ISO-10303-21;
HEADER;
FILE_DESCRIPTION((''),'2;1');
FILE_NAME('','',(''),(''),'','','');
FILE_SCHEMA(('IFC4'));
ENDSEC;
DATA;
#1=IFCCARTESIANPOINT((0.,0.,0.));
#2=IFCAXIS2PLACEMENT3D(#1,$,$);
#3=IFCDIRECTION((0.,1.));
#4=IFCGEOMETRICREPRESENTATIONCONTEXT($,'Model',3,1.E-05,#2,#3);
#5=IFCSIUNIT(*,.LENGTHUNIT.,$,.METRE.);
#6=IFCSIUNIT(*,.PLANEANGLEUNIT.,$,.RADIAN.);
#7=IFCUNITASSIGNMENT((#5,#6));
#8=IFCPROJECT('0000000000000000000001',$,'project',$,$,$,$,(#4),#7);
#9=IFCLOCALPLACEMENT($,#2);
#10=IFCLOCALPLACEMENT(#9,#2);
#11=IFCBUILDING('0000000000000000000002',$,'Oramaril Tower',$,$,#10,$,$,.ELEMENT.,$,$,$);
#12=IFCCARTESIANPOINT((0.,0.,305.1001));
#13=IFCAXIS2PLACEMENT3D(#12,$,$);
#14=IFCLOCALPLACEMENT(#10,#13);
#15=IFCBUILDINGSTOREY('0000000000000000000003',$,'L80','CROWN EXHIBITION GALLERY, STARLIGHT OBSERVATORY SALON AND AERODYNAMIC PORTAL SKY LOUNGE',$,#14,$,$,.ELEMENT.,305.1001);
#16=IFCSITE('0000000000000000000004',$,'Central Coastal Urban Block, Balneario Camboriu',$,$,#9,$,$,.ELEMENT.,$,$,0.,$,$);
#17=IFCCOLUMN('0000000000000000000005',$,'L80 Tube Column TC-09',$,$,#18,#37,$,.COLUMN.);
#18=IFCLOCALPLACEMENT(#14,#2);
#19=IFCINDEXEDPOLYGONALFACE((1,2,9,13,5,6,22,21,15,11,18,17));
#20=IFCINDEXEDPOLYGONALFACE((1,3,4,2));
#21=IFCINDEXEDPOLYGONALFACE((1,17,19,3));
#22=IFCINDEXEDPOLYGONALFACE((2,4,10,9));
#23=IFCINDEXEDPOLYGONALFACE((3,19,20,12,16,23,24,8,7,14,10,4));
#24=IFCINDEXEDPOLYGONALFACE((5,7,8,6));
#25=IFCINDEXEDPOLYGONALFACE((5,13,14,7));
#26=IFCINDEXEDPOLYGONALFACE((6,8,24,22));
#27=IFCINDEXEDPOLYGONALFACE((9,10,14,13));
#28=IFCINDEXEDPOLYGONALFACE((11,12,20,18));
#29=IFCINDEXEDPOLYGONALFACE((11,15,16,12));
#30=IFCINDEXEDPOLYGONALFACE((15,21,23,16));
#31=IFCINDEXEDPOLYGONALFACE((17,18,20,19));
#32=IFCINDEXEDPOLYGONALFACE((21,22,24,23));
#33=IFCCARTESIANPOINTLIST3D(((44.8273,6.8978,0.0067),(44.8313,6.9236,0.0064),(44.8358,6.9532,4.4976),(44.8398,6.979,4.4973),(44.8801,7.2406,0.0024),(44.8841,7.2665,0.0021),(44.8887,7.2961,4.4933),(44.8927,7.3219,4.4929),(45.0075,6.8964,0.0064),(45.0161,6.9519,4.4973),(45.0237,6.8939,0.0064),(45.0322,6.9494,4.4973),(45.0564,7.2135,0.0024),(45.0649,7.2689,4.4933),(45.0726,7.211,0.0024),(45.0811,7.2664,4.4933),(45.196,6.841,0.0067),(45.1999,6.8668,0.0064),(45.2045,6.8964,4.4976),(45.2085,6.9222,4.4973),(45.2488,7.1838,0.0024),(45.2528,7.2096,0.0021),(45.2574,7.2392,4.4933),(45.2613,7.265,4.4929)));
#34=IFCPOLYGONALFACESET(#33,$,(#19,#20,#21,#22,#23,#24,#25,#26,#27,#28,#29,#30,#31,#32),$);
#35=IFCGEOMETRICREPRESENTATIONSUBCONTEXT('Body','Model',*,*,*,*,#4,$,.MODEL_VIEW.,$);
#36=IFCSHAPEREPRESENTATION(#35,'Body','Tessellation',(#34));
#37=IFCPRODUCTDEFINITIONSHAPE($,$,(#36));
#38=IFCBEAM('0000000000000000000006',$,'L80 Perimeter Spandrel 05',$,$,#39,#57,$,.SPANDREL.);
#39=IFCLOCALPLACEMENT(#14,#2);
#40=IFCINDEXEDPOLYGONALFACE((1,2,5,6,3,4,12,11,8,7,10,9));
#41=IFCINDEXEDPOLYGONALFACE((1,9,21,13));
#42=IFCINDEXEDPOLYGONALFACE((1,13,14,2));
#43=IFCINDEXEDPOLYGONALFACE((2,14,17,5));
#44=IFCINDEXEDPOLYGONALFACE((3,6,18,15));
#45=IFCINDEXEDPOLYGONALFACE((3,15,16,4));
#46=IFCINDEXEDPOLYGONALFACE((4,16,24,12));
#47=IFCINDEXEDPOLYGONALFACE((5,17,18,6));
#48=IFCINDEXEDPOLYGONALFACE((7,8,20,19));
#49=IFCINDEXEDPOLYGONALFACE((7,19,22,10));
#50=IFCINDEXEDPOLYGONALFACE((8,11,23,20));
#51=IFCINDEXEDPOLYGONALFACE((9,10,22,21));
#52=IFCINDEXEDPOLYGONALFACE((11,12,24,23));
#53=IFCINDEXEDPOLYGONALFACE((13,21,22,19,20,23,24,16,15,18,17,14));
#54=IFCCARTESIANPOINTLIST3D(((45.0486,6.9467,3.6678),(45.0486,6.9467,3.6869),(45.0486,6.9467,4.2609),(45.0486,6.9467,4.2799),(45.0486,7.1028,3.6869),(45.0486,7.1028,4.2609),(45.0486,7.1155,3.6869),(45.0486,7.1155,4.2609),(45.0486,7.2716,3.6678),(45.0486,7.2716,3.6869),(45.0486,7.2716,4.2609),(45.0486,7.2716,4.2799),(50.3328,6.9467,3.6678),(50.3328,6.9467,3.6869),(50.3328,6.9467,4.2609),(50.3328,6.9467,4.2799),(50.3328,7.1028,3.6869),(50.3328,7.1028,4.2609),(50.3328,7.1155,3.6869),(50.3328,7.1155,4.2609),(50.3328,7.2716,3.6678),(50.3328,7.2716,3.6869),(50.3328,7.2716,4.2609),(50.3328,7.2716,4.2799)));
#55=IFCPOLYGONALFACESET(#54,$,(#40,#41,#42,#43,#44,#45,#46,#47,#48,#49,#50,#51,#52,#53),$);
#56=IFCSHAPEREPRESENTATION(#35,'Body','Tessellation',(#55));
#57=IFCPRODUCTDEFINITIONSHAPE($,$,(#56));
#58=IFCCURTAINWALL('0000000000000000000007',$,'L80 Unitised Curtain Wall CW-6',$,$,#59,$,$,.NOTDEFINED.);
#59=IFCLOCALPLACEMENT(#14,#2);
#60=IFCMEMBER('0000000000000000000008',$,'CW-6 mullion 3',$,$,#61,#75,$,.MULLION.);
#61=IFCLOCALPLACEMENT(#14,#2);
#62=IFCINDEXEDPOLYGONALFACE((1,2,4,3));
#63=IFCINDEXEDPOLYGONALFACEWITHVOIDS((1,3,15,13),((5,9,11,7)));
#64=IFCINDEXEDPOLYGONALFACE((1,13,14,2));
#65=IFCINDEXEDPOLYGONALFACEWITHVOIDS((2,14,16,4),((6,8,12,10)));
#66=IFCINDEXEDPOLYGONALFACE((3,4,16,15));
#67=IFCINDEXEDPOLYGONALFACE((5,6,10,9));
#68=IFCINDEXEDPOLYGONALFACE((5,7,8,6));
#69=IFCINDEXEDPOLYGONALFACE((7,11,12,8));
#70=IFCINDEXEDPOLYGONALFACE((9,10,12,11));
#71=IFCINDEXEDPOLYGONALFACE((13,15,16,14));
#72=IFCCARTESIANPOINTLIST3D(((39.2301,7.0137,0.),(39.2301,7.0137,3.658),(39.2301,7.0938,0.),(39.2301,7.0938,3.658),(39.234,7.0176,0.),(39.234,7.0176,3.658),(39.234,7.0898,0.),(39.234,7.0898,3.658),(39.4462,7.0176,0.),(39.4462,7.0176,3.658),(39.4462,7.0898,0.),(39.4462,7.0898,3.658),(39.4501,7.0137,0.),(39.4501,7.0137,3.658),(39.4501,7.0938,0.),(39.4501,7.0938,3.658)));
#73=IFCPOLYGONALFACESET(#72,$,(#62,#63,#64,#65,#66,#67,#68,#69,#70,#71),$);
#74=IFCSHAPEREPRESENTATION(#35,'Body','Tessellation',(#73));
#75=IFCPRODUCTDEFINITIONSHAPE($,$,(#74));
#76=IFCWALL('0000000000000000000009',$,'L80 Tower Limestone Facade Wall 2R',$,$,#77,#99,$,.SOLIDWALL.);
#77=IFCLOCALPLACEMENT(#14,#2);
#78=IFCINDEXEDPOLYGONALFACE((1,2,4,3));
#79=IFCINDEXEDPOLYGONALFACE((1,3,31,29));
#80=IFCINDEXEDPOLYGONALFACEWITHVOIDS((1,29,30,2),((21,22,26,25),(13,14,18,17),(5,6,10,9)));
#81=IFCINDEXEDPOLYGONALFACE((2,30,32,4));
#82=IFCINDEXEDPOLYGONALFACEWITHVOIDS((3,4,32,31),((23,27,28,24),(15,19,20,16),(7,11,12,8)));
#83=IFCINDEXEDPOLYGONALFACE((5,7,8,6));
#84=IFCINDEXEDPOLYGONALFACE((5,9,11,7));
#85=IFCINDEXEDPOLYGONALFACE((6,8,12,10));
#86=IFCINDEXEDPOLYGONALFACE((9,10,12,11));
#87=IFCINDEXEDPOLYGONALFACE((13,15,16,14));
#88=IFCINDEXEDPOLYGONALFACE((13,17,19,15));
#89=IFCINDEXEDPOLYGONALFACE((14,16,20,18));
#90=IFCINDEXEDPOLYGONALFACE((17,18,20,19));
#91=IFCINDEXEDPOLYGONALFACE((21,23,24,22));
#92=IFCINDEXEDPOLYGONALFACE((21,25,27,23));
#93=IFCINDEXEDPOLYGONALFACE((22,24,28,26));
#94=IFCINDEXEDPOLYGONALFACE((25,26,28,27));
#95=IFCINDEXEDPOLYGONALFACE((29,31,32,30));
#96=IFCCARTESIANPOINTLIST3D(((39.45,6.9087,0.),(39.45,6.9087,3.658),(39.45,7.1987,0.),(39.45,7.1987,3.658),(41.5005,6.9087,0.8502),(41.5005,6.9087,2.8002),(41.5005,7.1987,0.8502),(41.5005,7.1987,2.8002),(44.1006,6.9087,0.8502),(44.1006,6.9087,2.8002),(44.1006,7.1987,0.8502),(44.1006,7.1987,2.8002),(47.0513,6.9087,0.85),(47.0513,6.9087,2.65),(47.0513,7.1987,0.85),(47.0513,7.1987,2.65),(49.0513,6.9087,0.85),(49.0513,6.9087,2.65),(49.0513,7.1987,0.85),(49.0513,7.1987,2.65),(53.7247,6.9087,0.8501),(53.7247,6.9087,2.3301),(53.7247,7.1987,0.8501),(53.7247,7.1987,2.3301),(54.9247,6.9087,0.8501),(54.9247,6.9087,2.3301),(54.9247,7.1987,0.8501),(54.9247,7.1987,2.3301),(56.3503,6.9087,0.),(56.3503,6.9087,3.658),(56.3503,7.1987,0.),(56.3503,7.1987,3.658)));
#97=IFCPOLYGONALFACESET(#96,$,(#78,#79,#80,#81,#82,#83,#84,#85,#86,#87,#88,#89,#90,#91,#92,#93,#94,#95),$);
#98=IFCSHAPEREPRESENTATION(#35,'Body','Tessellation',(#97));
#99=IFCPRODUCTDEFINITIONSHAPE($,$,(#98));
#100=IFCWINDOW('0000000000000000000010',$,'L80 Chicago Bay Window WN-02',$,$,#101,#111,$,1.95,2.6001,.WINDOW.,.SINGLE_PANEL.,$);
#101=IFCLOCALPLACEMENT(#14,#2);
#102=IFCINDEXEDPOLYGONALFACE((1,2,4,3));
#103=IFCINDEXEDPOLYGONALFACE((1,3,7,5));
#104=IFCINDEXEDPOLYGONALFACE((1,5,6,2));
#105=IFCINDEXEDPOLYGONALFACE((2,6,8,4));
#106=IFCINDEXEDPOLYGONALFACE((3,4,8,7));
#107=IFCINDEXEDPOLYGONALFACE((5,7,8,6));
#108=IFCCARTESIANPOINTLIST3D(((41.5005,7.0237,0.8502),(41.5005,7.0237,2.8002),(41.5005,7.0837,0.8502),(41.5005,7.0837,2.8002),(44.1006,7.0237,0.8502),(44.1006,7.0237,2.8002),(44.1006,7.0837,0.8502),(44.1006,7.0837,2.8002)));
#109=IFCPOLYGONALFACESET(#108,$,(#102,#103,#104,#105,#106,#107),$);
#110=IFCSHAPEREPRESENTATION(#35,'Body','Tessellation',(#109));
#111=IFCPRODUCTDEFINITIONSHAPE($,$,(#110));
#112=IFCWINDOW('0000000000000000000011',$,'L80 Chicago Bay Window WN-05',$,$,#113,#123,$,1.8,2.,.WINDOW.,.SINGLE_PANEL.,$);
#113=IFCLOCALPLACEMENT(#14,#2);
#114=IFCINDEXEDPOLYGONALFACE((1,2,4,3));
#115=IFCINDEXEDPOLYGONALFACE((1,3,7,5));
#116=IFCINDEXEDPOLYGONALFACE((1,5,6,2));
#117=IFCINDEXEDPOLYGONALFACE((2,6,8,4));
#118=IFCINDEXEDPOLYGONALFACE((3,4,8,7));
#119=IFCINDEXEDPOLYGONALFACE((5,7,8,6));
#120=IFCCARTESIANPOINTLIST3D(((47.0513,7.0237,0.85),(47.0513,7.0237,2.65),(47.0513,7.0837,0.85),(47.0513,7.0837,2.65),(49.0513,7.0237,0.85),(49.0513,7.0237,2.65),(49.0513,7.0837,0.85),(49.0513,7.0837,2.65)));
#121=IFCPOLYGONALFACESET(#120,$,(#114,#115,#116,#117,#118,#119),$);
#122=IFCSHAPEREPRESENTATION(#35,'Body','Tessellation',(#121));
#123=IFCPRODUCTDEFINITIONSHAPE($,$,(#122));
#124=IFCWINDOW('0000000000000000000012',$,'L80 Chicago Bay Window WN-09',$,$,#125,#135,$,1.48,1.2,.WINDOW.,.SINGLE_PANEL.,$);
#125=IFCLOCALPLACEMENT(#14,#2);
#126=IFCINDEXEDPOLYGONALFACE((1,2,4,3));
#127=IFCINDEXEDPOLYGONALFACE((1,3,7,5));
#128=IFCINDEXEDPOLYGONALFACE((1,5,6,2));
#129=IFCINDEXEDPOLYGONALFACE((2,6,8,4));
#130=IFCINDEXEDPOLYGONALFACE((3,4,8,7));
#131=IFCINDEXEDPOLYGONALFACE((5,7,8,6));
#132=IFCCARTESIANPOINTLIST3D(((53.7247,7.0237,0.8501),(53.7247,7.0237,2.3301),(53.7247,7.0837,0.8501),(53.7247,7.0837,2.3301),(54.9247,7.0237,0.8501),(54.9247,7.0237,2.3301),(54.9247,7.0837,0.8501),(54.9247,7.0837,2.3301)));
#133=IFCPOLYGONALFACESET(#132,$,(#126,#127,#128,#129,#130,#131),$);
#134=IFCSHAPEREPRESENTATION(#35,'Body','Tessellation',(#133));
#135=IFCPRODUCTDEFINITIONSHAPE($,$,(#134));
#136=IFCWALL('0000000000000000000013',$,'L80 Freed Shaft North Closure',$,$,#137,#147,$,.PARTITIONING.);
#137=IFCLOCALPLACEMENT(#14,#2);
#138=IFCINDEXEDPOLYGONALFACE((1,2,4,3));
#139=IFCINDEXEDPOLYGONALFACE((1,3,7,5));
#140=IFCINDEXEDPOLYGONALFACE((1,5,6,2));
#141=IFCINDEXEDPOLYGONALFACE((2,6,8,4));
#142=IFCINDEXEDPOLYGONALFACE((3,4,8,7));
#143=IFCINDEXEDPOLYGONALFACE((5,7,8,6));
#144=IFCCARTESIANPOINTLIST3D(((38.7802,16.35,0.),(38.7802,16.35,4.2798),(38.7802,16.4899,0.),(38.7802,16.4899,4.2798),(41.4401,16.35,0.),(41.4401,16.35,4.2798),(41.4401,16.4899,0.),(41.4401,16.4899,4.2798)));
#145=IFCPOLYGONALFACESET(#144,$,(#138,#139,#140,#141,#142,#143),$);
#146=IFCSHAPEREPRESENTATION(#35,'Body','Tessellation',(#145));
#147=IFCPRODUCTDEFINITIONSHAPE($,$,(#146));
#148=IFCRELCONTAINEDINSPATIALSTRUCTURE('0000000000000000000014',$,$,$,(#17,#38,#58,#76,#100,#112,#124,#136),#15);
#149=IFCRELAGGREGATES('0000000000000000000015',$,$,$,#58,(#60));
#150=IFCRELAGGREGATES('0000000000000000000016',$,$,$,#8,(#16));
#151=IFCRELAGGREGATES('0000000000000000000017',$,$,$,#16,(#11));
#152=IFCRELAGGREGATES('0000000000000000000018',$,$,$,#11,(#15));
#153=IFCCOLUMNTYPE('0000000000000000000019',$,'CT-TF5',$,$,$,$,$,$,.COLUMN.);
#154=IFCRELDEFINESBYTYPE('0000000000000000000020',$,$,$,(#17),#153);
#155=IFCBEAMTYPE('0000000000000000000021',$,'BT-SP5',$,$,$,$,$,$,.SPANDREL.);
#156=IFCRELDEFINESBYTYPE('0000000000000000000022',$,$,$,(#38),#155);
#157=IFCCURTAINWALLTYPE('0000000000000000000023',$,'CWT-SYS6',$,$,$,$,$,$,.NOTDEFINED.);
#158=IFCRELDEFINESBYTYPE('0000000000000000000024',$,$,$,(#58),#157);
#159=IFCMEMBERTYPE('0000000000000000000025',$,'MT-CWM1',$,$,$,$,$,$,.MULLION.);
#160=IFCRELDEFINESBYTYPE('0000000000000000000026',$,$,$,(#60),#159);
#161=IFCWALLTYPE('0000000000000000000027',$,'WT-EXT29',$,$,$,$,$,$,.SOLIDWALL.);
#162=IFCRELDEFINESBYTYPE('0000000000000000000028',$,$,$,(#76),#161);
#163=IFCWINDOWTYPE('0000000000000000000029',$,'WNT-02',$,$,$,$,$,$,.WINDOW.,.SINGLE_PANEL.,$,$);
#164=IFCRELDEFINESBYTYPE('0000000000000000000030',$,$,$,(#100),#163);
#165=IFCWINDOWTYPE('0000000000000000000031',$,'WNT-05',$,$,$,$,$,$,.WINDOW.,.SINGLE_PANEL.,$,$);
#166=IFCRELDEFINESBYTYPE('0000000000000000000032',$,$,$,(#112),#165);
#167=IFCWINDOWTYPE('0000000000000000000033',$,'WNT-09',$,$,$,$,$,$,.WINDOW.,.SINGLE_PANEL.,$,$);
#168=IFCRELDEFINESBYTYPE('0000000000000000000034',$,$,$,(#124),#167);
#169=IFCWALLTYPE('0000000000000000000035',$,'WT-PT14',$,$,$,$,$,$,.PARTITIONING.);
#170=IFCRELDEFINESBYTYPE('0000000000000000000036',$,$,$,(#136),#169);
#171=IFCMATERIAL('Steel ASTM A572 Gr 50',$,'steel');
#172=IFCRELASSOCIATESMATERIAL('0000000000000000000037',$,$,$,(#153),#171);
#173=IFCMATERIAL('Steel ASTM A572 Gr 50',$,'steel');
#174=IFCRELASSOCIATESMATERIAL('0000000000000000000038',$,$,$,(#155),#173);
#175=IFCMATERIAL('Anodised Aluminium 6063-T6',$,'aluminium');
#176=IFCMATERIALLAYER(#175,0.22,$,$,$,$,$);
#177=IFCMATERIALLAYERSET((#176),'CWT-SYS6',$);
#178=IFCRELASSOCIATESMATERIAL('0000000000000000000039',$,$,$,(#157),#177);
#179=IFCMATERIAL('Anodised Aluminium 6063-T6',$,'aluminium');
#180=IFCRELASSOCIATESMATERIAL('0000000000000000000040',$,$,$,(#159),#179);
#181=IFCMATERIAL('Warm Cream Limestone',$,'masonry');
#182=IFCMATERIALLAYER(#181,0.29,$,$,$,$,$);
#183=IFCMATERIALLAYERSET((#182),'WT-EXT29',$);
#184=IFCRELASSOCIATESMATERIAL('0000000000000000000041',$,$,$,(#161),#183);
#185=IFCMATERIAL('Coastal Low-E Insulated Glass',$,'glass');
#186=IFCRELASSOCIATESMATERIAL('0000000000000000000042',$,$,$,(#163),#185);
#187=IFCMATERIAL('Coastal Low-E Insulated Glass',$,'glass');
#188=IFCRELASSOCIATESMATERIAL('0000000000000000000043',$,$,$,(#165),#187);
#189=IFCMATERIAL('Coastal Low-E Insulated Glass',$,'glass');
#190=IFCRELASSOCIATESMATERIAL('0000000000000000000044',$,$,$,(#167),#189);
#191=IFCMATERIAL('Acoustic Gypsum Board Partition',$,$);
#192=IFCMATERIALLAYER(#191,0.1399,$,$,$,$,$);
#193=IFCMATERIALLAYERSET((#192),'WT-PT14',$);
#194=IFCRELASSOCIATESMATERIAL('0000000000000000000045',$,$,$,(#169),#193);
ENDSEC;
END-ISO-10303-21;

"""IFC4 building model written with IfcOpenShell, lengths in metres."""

from ifc_helpers import new_model, si_unit, direction, frame, frame_2d, origin, origin_2d, place, context, subcontext, project, spatial, rectangle, hollow_rectangle, i_section, extrude, material, layer, layer_set, material_profile, profile_set, type_object, element, fill, aggregate, save


model = new_model("IFC4")

# Units and contexts
model_context = context("Model", 3, precision=1e-05, world=origin(), true_north=direction((0.0, 1.0)))
body_context = subcontext(model_context, "Body", "Model", "MODEL_VIEW")
ifc_project = project(units=[si_unit("LENGTHUNIT", "METRE"), si_unit("PLANEANGLEUNIT", "RADIAN")], contexts=[model_context])

# Site, building, storey
site_placement = place(None, origin())
site = spatial("IfcSite", under=ifc_project, at=site_placement, Name="Central Coastal Urban Block, Balneario Camboriu", CompositionType="ELEMENT", RefElevation=0.0)
building_placement = place(site_placement, origin())
building = spatial("IfcBuilding", under=site, at=building_placement, Name="Oramaril Tower", CompositionType="ELEMENT")
storey_placement = place(building_placement, frame((0.0, 0.0, 305.1001)))
storey = spatial("IfcBuildingStorey", under=building, at=storey_placement, Name="L80", Description="CROWN EXHIBITION GALLERY, STARLIGHT OBSERVATORY SALON AND AERODYNAMIC PORTAL SKY LOUNGE", CompositionType="ELEMENT", Elevation=305.1001)

# Column
ifc_material_1 = material(Name="Steel ASTM A572 Gr 50", Category="steel")
ifc_material_profile_1 = material_profile(ifc_material_1, i_section(OverallWidth=0.373, OverallDepth=0.373, WebThickness=0.0164, FlangeThickness=0.0261, at=origin_2d()), Name="W14X132")
ifc_profile_set_1 = profile_set([ifc_material_profile_1], Name="Steel ASTM A572 Gr 50")
column_type = type_object("IfcColumnType", Name="CT-TF5", PredefinedType="COLUMN", material=ifc_profile_set_1)
column_placement = place(storey_placement, frame((45.04, 7.0537, 0.0044), z_axis=(0.001903, 0.012339, 0.999922), x_axis=(-0.988321, 0.152384, 0.0)))
element("IfcColumn", 1, at=column_placement, inside=storey, type_object=column_type, Name="L80 Tube Column TC-09", PredefinedType="COLUMN", context=body_context, shape_type="SweptSolid", body=[
    extrude(i_section(OverallWidth=0.373, OverallDepth=0.373, WebThickness=0.0164, FlangeThickness=0.0261, at=origin_2d()), origin(), (0.0, 0.0, 1.0), 4.4912),
])

# Beam
ifc_material_2 = material(Name="Steel ASTM A572 Gr 50", Category="steel")
ifc_material_profile_2 = material_profile(ifc_material_2, i_section(OverallWidth=0.325, OverallDepth=0.6121, WebThickness=0.0127, FlangeThickness=0.019, at=origin_2d()), Name="W24X104")
ifc_profile_set_2 = profile_set([ifc_material_profile_2], Name="Steel ASTM A572 Gr 50")
beam_type = type_object("IfcBeamType", Name="BT-SP5", PredefinedType="SPANDREL", material=ifc_profile_set_2)
beam_placement = place(storey_placement, frame((45.0486, 7.1091, 3.9739), z_axis=(1.0, 0.0, 0.0), x_axis=(0.0, 1.0, 0.0)))
element("IfcBeam", 2, at=beam_placement, inside=storey, type_object=beam_type, Name="L80 Perimeter Spandrel 05", PredefinedType="SPANDREL", context=body_context, shape_type="SweptSolid", body=[
    extrude(i_section(OverallWidth=0.325, OverallDepth=0.6121, WebThickness=0.0127, FlangeThickness=0.019, at=origin_2d()), origin(), (0.0, 0.0, 1.0), 5.2842),
])

# Curtain wall, member
ifc_material_3 = material(Name="Anodised Aluminium 6063-T6", Category="aluminium")
ifc_layer_1 = layer(ifc_material_3, 0.22)
ifc_layer_set_1 = layer_set([ifc_layer_1], Name="CWT-SYS6")
curtain_wall_type = type_object("IfcCurtainWallType", Name="CWT-SYS6", PredefinedType="NOTDEFINED", material=ifc_layer_set_1)
curtain_wall_placement = place(storey_placement, origin())
curtain_wall = element("IfcCurtainWall", 3, at=curtain_wall_placement, inside=storey, type_object=curtain_wall_type, Name="L80 Unitised Curtain Wall CW-6", PredefinedType="NOTDEFINED")
ifc_material_4 = material(Name="Anodised Aluminium 6063-T6", Category="aluminium")
ifc_material_profile_3 = material_profile(ifc_material_4, hollow_rectangle(XDim=0.0801, YDim=0.22, WallThickness=0.0039, at=origin_2d()), Name="CWM220X80")
ifc_profile_set_3 = profile_set([ifc_material_profile_3], Name="Anodised Aluminium 6063-T6")
member_type = type_object("IfcMemberType", Name="MT-CWM1", PredefinedType="MULLION", material=ifc_profile_set_3)
member_placement = place(storey_placement, frame((39.3401, 7.0537, 0.0), z_axis=(0.0, 0.0, 1.0), x_axis=(0.0, 1.0, 0.0)))
member = element("IfcMember", 4, at=member_placement, type_object=member_type, Name="CW-6 mullion 3", PredefinedType="MULLION", context=body_context, shape_type="SweptSolid", body=[
    extrude(hollow_rectangle(XDim=0.0801, YDim=0.22, WallThickness=0.0039, at=origin_2d()), origin(), (0.0, 0.0, 1.0), 3.658),
])
aggregate(curtain_wall, [member])

# Wall, openings, windows
ifc_material_5 = material(Name="Warm Cream Limestone", Category="masonry")
ifc_layer_2 = layer(ifc_material_5, 0.29)
ifc_layer_set_2 = layer_set([ifc_layer_2], Name="WT-EXT29")
wall_type_1 = type_object("IfcWallType", Name="WT-EXT29", PredefinedType="SOLIDWALL", material=ifc_layer_set_2)
wall_1_placement = place(storey_placement, frame((39.45, 7.0537, 0.0), z_axis=(0.0, 0.0, 1.0), x_axis=(1.0, 0.0, 0.0)))
wall_1 = element("IfcWall", 5, at=wall_1_placement, inside=storey, type_object=wall_type_1, Name="L80 Tower Limestone Facade Wall 2R", PredefinedType="SOLIDWALL", context=body_context, shape_type="SweptSolid", body=[
    extrude(rectangle(XDim=16.9004, YDim=0.29, at=frame_2d((8.4502, 0.0))), origin(), (0.0, 0.0, 1.0), 3.658),
])
opening_1_placement = place(wall_1_placement, frame((2.0505, 0.0, 0.8501)))
opening_1 = element("IfcOpeningElement", 6, at=opening_1_placement, cuts=wall_1, PredefinedType="OPENING", context=body_context, shape_type="SweptSolid", body=[
    extrude(rectangle(XDim=2.6001, YDim=1.95, at=frame_2d((1.3, 0.9751))), frame((0.0, 0.145, 0.0), z_axis=(0.0, -1.0, 0.0), x_axis=(1.0, 0.0, 0.0)), (0.0, 0.0, 1.0), 0.29),
])
opening_2_placement = place(wall_1_placement, frame((7.6013, 0.0, 0.8501)))
opening_2 = element("IfcOpeningElement", 7, at=opening_2_placement, cuts=wall_1, PredefinedType="OPENING", context=body_context, shape_type="SweptSolid", body=[
    extrude(rectangle(XDim=2.0, YDim=1.8, at=frame_2d((1.0, 0.8999))), frame((0.0, 0.145, 0.0), z_axis=(0.0, -1.0, 0.0), x_axis=(1.0, 0.0, 0.0)), (0.0, 0.0, 1.0), 0.29),
])
opening_3_placement = place(wall_1_placement, frame((14.2747, 0.0, 0.8501)))
opening_3 = element("IfcOpeningElement", 8, at=opening_3_placement, cuts=wall_1, PredefinedType="OPENING", context=body_context, shape_type="SweptSolid", body=[
    extrude(rectangle(XDim=1.2, YDim=1.48, at=frame_2d((0.6001, 0.74))), frame((0.0, 0.145, 0.0), z_axis=(0.0, -1.0, 0.0), x_axis=(1.0, 0.0, 0.0)), (0.0, 0.0, 1.0), 0.29),
])
ifc_material_6 = material(Name="Coastal Low-E Insulated Glass", Category="glass")
window_type_1 = type_object("IfcWindowType", Name="WNT-02", PartitioningType="SINGLE_PANEL", PredefinedType="WINDOW", material=ifc_material_6)
window_1_placement = place(opening_1_placement, origin())
window_1 = element("IfcWindow", 9, at=window_1_placement, inside=storey, type_object=window_type_1, Name="L80 Chicago Bay Window WN-02", OverallHeight=1.95, OverallWidth=2.6001, PartitioningType="SINGLE_PANEL", PredefinedType="WINDOW", context=body_context, shape_type="SweptSolid", body=[
    extrude(rectangle(XDim=2.6001, YDim=1.95, at=frame_2d((1.3, 0.9751))), frame((0.0, 0.03, 0.0), z_axis=(0.0, -1.0, 0.0), x_axis=(1.0, 0.0, 0.0)), (0.0, 0.0, 1.0), 0.0601),
])
fill(opening_1, window_1)
ifc_material_7 = material(Name="Coastal Low-E Insulated Glass", Category="glass")
window_type_2 = type_object("IfcWindowType", Name="WNT-05", PartitioningType="SINGLE_PANEL", PredefinedType="WINDOW", material=ifc_material_7)
window_2_placement = place(opening_2_placement, origin())
window_2 = element("IfcWindow", 10, at=window_2_placement, inside=storey, type_object=window_type_2, Name="L80 Chicago Bay Window WN-05", OverallHeight=1.8, OverallWidth=2.0, PartitioningType="SINGLE_PANEL", PredefinedType="WINDOW", context=body_context, shape_type="SweptSolid", body=[
    extrude(rectangle(XDim=2.0, YDim=1.8, at=frame_2d((1.0, 0.8999))), frame((0.0, 0.03, 0.0), z_axis=(0.0, -1.0, 0.0), x_axis=(1.0, 0.0, 0.0)), (0.0, 0.0, 1.0), 0.0601),
])
fill(opening_2, window_2)
ifc_material_8 = material(Name="Coastal Low-E Insulated Glass", Category="glass")
window_type_3 = type_object("IfcWindowType", Name="WNT-09", PartitioningType="SINGLE_PANEL", PredefinedType="WINDOW", material=ifc_material_8)
window_3_placement = place(opening_3_placement, origin())
window_3 = element("IfcWindow", 11, at=window_3_placement, inside=storey, type_object=window_type_3, Name="L80 Chicago Bay Window WN-09", OverallHeight=1.48, OverallWidth=1.2, PartitioningType="SINGLE_PANEL", PredefinedType="WINDOW", context=body_context, shape_type="SweptSolid", body=[
    extrude(rectangle(XDim=1.2, YDim=1.48, at=frame_2d((0.6001, 0.74))), frame((0.0, 0.03, 0.0), z_axis=(0.0, -1.0, 0.0), x_axis=(1.0, 0.0, 0.0)), (0.0, 0.0, 1.0), 0.0601),
])
fill(opening_3, window_3)

# Wall
ifc_material_9 = material(Name="Acoustic Gypsum Board Partition")
ifc_layer_3 = layer(ifc_material_9, 0.1399)
ifc_layer_set_3 = layer_set([ifc_layer_3], Name="WT-PT14")
wall_type_2 = type_object("IfcWallType", Name="WT-PT14", PredefinedType="PARTITIONING", material=ifc_layer_set_3)
wall_2_placement = place(storey_placement, frame((38.78, 16.4199, 0.0), z_axis=(0.0, 0.0, 1.0), x_axis=(1.0, 0.0, 0.0)))
element("IfcWall", 12, at=wall_2_placement, inside=storey, type_object=wall_type_2, Name="L80 Freed Shaft North Closure", PredefinedType="PARTITIONING", context=body_context, shape_type="SweptSolid", body=[
    extrude(rectangle(XDim=2.6599, YDim=0.1399, at=frame_2d((1.3301, 0.0))), origin(), (0.0, 0.0, 1.0), 4.2798),
])

save(model, "model.ifc")
